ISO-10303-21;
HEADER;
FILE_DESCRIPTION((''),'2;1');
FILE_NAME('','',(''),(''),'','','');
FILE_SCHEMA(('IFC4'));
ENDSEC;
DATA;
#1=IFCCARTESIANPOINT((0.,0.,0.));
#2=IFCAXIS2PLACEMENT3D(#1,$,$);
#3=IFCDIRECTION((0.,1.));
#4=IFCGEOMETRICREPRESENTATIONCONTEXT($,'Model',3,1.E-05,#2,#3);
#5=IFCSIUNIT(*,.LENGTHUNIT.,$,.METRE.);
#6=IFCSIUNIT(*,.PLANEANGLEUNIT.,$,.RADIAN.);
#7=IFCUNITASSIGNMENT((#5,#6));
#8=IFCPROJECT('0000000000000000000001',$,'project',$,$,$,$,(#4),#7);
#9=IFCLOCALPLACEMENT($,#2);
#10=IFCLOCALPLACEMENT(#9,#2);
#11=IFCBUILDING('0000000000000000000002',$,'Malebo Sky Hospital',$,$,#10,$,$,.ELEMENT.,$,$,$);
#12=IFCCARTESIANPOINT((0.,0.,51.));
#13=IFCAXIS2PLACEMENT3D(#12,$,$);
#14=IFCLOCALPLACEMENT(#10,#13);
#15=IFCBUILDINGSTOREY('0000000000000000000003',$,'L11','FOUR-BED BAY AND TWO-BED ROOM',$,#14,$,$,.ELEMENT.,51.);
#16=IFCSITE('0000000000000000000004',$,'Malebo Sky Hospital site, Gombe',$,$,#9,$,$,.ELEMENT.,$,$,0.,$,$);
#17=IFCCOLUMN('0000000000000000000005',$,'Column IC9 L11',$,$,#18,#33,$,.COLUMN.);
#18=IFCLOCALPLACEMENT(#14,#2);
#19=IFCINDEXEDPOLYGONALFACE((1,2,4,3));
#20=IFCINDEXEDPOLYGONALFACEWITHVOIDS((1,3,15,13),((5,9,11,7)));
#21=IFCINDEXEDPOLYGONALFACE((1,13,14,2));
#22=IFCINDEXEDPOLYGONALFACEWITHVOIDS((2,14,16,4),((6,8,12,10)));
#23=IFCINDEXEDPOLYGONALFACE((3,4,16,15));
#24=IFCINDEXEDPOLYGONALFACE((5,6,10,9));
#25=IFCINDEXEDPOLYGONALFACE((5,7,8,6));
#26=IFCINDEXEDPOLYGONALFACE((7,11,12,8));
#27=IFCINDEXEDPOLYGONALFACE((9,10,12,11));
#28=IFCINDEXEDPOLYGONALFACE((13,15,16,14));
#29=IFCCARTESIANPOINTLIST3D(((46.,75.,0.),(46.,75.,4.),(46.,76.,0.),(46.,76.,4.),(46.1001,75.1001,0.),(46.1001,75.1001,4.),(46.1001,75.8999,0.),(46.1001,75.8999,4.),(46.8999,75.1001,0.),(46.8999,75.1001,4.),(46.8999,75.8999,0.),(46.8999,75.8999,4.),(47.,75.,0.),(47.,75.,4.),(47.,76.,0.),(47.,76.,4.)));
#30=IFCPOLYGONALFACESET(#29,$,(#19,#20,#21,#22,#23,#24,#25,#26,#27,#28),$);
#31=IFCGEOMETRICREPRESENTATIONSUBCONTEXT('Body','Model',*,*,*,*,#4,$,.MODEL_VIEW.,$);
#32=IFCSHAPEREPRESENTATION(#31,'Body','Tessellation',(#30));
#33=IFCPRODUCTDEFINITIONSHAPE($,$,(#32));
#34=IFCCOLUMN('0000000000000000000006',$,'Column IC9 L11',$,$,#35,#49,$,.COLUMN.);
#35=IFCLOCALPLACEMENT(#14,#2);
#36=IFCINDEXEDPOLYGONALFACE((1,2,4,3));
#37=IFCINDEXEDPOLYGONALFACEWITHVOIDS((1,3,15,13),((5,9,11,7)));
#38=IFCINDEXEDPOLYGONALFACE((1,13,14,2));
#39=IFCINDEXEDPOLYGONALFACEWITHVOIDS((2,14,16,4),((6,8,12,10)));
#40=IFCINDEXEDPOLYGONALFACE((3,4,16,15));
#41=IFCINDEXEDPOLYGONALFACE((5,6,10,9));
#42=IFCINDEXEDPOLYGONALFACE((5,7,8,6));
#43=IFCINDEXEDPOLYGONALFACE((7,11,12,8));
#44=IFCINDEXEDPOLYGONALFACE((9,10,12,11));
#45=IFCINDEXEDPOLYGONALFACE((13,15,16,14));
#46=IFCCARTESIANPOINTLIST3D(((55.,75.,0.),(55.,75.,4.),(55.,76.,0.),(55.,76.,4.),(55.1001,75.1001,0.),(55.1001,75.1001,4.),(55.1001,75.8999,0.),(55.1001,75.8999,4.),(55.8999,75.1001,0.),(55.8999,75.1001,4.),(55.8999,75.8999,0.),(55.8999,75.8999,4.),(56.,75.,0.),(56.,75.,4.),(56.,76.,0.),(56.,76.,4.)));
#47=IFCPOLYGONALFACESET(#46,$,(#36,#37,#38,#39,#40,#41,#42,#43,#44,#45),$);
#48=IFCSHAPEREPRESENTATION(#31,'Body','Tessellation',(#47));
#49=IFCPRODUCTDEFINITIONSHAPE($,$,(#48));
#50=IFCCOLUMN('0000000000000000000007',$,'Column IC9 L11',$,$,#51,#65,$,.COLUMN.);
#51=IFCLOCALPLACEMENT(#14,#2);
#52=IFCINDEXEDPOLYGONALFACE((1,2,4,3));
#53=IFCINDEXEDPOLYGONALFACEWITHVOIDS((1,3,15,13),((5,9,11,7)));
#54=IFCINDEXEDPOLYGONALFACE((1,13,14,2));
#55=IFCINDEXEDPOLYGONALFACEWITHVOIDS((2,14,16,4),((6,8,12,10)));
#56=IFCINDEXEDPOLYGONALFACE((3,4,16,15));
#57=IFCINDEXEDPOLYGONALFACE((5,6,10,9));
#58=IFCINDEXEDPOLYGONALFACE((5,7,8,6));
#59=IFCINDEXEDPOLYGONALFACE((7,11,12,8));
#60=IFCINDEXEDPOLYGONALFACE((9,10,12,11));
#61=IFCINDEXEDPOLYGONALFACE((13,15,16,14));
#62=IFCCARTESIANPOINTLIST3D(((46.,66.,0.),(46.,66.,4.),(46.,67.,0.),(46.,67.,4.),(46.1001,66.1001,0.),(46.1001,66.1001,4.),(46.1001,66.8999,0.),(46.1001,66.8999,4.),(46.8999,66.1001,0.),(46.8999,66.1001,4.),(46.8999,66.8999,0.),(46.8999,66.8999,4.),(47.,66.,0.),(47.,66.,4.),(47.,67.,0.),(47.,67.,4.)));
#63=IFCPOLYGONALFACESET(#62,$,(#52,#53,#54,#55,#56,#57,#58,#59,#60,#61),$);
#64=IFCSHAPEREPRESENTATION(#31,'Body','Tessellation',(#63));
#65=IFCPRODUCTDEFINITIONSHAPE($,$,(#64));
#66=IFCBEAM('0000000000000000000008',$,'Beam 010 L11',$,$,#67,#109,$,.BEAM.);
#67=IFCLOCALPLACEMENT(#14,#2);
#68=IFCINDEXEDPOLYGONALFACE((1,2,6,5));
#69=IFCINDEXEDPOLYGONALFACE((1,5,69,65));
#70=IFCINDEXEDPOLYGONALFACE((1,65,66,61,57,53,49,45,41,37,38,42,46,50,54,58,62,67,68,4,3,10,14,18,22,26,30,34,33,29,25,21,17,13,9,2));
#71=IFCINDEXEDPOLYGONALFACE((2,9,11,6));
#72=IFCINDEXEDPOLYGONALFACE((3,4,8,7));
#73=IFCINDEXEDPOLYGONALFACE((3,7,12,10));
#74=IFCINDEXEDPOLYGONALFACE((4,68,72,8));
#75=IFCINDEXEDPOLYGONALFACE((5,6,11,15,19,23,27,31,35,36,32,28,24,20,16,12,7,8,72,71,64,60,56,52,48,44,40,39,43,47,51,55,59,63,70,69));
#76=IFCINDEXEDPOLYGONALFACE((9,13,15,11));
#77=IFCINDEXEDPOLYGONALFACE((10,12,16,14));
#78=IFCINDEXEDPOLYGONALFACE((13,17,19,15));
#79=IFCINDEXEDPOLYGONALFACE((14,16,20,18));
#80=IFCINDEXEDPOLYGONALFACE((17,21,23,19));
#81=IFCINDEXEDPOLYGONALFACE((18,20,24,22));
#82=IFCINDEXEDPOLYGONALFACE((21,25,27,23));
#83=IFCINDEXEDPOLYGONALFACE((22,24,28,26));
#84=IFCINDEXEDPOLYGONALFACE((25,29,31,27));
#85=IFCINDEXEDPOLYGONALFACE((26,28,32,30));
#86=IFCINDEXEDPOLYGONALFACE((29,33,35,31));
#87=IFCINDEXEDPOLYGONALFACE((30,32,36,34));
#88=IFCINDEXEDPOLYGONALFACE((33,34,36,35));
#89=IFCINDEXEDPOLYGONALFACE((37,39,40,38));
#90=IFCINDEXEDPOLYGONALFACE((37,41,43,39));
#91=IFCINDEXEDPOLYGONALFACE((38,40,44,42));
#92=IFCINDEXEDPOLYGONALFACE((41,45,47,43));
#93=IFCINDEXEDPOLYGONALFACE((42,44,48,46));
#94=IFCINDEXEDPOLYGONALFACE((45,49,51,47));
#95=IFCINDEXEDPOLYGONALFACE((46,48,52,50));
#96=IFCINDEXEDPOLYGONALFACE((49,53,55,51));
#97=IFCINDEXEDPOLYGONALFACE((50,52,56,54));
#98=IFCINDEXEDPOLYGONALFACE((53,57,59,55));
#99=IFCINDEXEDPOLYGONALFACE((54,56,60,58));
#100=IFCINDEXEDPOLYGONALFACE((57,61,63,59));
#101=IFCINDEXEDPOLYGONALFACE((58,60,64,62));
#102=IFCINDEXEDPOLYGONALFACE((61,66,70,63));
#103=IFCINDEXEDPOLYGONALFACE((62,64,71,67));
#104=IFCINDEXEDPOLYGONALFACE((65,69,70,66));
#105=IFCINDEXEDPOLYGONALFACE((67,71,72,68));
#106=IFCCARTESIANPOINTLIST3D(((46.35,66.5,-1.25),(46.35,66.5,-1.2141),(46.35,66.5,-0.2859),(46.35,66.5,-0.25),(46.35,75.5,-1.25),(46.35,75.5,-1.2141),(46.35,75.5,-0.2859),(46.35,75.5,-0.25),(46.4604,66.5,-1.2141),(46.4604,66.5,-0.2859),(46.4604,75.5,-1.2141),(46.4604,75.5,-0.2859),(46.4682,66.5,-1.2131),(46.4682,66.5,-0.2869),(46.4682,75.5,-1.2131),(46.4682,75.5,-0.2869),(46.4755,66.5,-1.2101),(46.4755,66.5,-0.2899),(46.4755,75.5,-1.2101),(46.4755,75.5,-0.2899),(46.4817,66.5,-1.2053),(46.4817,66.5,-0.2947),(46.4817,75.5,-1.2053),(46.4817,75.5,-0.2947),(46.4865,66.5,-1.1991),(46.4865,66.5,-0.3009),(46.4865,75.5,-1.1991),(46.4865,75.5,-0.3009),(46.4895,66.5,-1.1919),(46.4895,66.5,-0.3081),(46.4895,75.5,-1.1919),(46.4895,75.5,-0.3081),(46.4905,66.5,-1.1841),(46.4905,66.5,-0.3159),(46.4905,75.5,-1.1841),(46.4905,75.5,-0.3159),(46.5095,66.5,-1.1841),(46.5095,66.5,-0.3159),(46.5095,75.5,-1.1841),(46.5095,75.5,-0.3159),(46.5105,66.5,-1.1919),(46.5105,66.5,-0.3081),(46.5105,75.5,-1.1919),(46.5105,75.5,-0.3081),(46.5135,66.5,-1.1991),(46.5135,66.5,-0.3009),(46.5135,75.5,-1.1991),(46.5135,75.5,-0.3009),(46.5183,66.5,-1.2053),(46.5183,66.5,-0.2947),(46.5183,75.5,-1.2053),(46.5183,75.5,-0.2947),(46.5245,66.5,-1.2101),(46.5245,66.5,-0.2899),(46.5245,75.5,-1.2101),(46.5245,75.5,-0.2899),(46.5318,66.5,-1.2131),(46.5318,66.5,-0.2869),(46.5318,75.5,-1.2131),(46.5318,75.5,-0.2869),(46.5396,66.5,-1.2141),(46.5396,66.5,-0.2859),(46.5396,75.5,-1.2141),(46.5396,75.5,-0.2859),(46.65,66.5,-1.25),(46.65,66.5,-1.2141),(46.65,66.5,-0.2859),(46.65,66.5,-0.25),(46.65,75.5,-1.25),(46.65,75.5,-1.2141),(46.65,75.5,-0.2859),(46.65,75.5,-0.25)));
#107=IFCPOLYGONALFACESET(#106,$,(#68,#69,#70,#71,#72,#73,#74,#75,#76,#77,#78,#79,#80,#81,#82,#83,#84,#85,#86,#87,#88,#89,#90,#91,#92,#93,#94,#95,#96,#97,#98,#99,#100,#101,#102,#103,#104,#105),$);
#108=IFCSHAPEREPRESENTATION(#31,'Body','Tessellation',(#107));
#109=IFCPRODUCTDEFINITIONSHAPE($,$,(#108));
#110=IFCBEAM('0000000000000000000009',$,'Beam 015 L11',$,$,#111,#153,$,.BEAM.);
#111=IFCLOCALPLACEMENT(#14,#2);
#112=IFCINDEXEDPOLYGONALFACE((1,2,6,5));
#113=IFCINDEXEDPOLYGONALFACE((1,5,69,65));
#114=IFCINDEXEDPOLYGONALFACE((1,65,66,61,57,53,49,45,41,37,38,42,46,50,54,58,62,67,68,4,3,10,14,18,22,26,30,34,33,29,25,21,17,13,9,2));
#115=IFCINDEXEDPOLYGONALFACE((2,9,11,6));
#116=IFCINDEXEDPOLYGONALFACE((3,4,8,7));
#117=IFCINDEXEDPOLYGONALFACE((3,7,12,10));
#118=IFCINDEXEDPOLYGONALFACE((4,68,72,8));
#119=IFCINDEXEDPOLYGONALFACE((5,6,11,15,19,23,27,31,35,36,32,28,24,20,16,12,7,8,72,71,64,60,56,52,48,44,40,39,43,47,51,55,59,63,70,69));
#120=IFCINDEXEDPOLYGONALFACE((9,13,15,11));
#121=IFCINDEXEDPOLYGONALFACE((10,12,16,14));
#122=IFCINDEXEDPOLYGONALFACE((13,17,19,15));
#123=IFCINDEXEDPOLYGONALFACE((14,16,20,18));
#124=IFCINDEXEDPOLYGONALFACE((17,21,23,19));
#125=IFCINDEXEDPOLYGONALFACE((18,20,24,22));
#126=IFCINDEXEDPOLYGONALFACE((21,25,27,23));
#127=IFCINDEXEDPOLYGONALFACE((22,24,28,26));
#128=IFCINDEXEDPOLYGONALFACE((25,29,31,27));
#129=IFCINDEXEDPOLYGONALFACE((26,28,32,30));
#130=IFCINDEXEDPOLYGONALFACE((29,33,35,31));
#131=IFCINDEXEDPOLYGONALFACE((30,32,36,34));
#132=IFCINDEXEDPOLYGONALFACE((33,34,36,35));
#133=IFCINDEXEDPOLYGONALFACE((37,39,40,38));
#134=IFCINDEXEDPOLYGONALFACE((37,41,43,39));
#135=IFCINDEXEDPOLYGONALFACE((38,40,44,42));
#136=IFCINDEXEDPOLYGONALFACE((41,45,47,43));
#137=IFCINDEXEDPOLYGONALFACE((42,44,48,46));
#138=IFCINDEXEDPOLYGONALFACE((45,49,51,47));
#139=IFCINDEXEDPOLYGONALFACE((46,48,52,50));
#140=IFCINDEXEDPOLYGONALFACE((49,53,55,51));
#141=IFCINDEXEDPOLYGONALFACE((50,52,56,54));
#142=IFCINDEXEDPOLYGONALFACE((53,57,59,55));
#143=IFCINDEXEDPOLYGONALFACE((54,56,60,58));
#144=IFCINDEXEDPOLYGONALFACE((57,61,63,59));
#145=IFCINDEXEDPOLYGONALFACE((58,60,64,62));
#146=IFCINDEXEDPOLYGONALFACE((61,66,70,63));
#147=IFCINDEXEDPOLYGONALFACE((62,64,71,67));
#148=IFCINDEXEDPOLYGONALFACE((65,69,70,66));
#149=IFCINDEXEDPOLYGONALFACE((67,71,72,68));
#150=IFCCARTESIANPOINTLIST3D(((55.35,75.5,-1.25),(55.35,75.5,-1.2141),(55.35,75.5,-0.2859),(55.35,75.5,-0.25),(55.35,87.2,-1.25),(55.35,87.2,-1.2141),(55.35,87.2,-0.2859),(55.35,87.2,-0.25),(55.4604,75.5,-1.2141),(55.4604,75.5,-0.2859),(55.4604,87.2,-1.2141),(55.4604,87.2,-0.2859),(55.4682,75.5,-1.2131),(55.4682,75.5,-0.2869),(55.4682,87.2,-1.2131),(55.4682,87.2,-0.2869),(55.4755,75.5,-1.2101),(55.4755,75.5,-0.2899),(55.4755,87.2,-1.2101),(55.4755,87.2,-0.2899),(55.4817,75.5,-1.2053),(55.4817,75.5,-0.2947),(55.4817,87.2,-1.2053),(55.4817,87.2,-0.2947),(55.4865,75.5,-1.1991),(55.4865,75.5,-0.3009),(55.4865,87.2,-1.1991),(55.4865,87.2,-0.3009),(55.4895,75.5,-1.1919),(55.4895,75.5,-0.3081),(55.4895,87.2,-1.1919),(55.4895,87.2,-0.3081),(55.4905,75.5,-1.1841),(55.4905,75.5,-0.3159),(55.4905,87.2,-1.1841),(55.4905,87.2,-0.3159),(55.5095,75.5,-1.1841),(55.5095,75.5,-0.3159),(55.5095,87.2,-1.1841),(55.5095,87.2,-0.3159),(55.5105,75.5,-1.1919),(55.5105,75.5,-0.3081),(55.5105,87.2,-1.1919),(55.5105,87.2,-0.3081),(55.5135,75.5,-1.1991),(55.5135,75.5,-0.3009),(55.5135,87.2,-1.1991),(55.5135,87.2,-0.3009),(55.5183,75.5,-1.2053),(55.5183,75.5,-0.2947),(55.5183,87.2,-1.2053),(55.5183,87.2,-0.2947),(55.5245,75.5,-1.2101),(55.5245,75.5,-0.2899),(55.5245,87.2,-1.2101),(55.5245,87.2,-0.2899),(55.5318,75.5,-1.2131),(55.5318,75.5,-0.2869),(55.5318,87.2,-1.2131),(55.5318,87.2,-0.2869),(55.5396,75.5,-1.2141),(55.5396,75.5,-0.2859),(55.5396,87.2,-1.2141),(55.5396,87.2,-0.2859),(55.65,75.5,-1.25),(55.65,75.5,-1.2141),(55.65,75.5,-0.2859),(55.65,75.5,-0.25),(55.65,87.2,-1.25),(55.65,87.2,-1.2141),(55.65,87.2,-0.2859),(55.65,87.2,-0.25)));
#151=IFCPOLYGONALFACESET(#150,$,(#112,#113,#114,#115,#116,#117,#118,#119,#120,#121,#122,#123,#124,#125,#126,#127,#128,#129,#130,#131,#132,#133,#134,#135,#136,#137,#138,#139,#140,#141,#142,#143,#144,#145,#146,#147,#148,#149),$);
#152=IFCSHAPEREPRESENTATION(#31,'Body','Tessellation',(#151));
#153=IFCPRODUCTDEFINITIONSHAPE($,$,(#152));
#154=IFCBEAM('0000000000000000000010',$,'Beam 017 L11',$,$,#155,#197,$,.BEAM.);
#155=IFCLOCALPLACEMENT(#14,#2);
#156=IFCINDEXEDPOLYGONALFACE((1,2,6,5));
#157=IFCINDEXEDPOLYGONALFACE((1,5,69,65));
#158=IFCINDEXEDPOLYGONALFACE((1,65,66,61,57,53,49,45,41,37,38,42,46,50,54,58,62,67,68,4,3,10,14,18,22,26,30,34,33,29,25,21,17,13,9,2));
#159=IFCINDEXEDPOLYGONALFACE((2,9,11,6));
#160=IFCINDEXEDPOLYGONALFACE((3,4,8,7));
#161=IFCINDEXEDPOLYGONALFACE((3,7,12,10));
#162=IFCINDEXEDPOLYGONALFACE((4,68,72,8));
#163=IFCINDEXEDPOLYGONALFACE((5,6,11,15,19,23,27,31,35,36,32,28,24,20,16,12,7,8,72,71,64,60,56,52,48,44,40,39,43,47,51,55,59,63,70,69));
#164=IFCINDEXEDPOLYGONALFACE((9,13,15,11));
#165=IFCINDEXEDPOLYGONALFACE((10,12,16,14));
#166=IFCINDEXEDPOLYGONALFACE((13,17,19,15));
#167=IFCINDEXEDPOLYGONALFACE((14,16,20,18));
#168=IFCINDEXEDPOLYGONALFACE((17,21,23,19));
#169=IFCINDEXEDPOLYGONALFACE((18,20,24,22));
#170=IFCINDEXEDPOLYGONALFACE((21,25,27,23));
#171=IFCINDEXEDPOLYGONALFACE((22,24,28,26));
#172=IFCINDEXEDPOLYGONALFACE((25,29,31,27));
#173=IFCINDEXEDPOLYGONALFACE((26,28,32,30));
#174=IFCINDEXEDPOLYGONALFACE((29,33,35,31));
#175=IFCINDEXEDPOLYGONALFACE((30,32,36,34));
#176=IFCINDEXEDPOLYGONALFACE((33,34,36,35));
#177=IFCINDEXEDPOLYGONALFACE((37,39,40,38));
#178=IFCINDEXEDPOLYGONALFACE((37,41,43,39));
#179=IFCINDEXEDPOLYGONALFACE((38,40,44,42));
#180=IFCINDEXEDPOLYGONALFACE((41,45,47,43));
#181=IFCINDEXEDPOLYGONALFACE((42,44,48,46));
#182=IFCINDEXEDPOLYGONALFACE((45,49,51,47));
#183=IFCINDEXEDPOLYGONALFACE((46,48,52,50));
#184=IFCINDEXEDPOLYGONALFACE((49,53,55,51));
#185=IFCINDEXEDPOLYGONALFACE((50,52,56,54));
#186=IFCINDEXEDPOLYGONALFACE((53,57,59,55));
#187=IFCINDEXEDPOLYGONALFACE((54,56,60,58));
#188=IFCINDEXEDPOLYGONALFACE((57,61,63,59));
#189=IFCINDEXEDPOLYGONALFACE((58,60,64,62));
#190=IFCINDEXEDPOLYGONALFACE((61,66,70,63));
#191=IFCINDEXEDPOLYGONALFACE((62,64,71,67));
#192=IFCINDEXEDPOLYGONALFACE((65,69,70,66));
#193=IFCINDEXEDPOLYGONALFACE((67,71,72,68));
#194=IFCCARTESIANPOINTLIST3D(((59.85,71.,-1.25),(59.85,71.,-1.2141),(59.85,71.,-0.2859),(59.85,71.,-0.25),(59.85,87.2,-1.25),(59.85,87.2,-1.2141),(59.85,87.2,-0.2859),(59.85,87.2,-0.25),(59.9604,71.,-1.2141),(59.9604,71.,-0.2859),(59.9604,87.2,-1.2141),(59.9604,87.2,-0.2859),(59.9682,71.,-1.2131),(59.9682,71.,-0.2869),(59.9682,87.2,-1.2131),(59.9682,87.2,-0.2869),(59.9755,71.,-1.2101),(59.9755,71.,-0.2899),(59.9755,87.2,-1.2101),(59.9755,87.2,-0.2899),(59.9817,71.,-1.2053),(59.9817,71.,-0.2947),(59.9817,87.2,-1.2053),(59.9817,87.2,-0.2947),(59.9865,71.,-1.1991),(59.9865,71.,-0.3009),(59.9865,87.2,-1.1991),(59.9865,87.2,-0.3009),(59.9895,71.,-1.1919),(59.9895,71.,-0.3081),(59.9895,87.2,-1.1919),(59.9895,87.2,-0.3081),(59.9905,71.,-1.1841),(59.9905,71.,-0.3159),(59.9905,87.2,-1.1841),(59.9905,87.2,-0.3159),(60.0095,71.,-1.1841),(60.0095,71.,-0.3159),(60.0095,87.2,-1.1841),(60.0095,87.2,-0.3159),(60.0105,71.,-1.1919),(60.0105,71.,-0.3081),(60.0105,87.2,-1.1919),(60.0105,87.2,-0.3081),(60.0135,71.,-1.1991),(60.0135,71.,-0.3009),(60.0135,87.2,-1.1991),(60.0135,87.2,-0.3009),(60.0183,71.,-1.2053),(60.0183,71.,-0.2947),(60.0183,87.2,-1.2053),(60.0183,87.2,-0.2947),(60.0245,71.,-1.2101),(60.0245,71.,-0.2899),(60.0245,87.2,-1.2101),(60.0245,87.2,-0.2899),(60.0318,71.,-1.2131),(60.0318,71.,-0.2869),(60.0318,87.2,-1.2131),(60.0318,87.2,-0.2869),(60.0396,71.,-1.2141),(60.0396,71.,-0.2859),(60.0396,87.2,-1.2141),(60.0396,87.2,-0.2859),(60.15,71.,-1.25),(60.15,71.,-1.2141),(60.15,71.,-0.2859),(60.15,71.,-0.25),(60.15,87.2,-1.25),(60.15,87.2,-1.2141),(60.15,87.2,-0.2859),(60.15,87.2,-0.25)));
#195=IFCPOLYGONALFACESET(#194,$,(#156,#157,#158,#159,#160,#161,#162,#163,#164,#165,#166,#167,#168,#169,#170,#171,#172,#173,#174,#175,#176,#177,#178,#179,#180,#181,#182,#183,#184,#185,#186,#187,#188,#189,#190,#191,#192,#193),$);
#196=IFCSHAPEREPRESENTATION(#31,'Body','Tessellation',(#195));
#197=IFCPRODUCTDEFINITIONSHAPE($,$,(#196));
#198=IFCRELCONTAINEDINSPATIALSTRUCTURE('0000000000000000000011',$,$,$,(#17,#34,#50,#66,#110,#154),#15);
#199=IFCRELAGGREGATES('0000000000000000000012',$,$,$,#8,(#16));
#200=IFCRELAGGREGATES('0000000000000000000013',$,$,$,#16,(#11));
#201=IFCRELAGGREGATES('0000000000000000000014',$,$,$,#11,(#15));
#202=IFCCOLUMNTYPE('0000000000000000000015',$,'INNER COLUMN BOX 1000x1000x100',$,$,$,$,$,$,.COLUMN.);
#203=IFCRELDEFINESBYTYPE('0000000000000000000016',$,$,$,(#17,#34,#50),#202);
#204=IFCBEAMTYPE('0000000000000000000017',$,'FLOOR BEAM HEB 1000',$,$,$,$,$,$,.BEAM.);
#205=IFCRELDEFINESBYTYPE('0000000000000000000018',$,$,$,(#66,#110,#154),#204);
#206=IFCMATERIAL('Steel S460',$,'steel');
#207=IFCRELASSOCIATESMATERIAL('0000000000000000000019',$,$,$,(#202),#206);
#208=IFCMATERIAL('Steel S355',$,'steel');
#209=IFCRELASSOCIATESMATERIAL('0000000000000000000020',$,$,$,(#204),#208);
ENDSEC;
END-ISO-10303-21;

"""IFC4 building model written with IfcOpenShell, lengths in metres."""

from ifc_helpers import new_model, si_unit, direction, frame, origin, origin_2d, place, context, subcontext, project, spatial, hollow_rectangle, i_section, extrude, material, material_profile, profile_set, type_object, element, save


model = new_model("IFC4")

# Units and contexts
model_context = context("Model", 3, precision=1e-05, world=origin(), true_north=direction((0.0, 1.0)))
body_context = subcontext(model_context, "Body", "Model", "MODEL_VIEW")
ifc_project = project(units=[si_unit("LENGTHUNIT", "METRE"), si_unit("PLANEANGLEUNIT", "RADIAN")], contexts=[model_context])

# Site, building, storey
site_placement = place(None, origin())
site = spatial("IfcSite", under=ifc_project, at=site_placement, Name="Malebo Sky Hospital site, Gombe", CompositionType="ELEMENT", RefElevation=0.0)
building_placement = place(site_placement, origin())
building = spatial("IfcBuilding", under=site, at=building_placement, Name="Malebo Sky Hospital", CompositionType="ELEMENT")
storey_placement = place(building_placement, frame((0.0, 0.0, 51.0)))
storey = spatial("IfcBuildingStorey", under=building, at=storey_placement, Name="L11", Description="FOUR-BED BAY AND TWO-BED ROOM", CompositionType="ELEMENT", Elevation=51.0)

# Columns
ifc_material_1 = material(Name="Steel S460", Category="steel")
ifc_material_profile_1 = material_profile(ifc_material_1, hollow_rectangle(XDim=1.0, YDim=1.0, WallThickness=0.1001, at=origin_2d()), Name="BOX 1000x1000x100")
ifc_profile_set_1 = profile_set([ifc_material_profile_1], Name="Steel S460")
column_type = type_object("IfcColumnType", Name="INNER COLUMN BOX 1000x1000x100", PredefinedType="COLUMN", material=ifc_profile_set_1)
for number, where, z_axis, x_axis, name in (
    (1, (46.5, 75.5, 0.0), (0.0, 0.0, 1.0), (1.0, 0.0, 0.0), "Column IC9 L11"),
    (2, (55.5, 75.5, 0.0), (0.0, 0.0, 1.0), (1.0, 0.0, 0.0), "Column IC9 L11"),
    (3, (46.5, 66.5, 0.0), (0.0, 0.0, 1.0), (1.0, 0.0, 0.0), "Column IC9 L11"),
):
    element("IfcColumn", number, at=place(storey_placement, frame(where, z_axis=z_axis, x_axis=x_axis)), inside=storey, type_object=column_type, Name=name, PredefinedType="COLUMN", context=body_context, shape_type="SweptSolid", body=[
        extrude(hollow_rectangle(XDim=1.0, YDim=1.0, WallThickness=0.1001, at=origin_2d()), origin(), (0.0, 0.0, 1.0), 4.0),
    ])

# Beams
ifc_material_2 = material(Name="Steel S355", Category="steel")
ifc_material_profile_2 = material_profile(ifc_material_2, i_section(OverallWidth=0.3, OverallDepth=1.0, WebThickness=0.019, FlangeThickness=0.0359, FilletRadius=0.03, at=origin_2d()), Name="HEB 1000")
ifc_profile_set_2 = profile_set([ifc_material_profile_2], Name="Steel S355")
beam_type_1 = type_object("IfcBeamType", Name="FLOOR BEAM HEB 1000", PredefinedType="BEAM", material=ifc_profile_set_2)
beam_1_placement = place(storey_placement, frame((46.5, 66.5, -0.75), z_axis=(0.0, 1.0, 0.0), x_axis=(-1.0, 0.0, 0.0)))
element("IfcBeam", 4, at=beam_1_placement, inside=storey, type_object=beam_type_1, Name="Beam 010 L11", PredefinedType="BEAM", context=body_context, shape_type="SweptSolid", body=[
    extrude(i_section(OverallWidth=0.3, OverallDepth=1.0, WebThickness=0.019, FlangeThickness=0.0359, FilletRadius=0.03, at=origin_2d()), origin(), (0.0, 0.0, 1.0), 9.0),
])
beam_2_placement = place(storey_placement, frame((55.5, 75.5, -0.75), z_axis=(0.0, 1.0, 0.0), x_axis=(-1.0, 0.0, 0.0)))
element("IfcBeam", 5, at=beam_2_placement, inside=storey, type_object=beam_type_1, Name="Beam 015 L11", PredefinedType="BEAM", context=body_context, shape_type="SweptSolid", body=[
    extrude(i_section(OverallWidth=0.3, OverallDepth=1.0, WebThickness=0.019, FlangeThickness=0.0359, FilletRadius=0.03, at=origin_2d()), origin(), (0.0, 0.0, 1.0), 11.7),
])
beam_3_placement = place(storey_placement, frame((60.0, 71.0, -0.75), z_axis=(0.0, 1.0, 0.0), x_axis=(-1.0, 0.0, 0.0)))
element("IfcBeam", 6, at=beam_3_placement, inside=storey, type_object=beam_type_1, Name="Beam 017 L11", PredefinedType="BEAM", context=body_context, shape_type="SweptSolid", body=[
    extrude(i_section(OverallWidth=0.3, OverallDepth=1.0, WebThickness=0.019, FlangeThickness=0.0359, FilletRadius=0.03, at=origin_2d()), origin(), (0.0, 0.0, 1.0), 16.2),
])

save(model, "model.ifc")
